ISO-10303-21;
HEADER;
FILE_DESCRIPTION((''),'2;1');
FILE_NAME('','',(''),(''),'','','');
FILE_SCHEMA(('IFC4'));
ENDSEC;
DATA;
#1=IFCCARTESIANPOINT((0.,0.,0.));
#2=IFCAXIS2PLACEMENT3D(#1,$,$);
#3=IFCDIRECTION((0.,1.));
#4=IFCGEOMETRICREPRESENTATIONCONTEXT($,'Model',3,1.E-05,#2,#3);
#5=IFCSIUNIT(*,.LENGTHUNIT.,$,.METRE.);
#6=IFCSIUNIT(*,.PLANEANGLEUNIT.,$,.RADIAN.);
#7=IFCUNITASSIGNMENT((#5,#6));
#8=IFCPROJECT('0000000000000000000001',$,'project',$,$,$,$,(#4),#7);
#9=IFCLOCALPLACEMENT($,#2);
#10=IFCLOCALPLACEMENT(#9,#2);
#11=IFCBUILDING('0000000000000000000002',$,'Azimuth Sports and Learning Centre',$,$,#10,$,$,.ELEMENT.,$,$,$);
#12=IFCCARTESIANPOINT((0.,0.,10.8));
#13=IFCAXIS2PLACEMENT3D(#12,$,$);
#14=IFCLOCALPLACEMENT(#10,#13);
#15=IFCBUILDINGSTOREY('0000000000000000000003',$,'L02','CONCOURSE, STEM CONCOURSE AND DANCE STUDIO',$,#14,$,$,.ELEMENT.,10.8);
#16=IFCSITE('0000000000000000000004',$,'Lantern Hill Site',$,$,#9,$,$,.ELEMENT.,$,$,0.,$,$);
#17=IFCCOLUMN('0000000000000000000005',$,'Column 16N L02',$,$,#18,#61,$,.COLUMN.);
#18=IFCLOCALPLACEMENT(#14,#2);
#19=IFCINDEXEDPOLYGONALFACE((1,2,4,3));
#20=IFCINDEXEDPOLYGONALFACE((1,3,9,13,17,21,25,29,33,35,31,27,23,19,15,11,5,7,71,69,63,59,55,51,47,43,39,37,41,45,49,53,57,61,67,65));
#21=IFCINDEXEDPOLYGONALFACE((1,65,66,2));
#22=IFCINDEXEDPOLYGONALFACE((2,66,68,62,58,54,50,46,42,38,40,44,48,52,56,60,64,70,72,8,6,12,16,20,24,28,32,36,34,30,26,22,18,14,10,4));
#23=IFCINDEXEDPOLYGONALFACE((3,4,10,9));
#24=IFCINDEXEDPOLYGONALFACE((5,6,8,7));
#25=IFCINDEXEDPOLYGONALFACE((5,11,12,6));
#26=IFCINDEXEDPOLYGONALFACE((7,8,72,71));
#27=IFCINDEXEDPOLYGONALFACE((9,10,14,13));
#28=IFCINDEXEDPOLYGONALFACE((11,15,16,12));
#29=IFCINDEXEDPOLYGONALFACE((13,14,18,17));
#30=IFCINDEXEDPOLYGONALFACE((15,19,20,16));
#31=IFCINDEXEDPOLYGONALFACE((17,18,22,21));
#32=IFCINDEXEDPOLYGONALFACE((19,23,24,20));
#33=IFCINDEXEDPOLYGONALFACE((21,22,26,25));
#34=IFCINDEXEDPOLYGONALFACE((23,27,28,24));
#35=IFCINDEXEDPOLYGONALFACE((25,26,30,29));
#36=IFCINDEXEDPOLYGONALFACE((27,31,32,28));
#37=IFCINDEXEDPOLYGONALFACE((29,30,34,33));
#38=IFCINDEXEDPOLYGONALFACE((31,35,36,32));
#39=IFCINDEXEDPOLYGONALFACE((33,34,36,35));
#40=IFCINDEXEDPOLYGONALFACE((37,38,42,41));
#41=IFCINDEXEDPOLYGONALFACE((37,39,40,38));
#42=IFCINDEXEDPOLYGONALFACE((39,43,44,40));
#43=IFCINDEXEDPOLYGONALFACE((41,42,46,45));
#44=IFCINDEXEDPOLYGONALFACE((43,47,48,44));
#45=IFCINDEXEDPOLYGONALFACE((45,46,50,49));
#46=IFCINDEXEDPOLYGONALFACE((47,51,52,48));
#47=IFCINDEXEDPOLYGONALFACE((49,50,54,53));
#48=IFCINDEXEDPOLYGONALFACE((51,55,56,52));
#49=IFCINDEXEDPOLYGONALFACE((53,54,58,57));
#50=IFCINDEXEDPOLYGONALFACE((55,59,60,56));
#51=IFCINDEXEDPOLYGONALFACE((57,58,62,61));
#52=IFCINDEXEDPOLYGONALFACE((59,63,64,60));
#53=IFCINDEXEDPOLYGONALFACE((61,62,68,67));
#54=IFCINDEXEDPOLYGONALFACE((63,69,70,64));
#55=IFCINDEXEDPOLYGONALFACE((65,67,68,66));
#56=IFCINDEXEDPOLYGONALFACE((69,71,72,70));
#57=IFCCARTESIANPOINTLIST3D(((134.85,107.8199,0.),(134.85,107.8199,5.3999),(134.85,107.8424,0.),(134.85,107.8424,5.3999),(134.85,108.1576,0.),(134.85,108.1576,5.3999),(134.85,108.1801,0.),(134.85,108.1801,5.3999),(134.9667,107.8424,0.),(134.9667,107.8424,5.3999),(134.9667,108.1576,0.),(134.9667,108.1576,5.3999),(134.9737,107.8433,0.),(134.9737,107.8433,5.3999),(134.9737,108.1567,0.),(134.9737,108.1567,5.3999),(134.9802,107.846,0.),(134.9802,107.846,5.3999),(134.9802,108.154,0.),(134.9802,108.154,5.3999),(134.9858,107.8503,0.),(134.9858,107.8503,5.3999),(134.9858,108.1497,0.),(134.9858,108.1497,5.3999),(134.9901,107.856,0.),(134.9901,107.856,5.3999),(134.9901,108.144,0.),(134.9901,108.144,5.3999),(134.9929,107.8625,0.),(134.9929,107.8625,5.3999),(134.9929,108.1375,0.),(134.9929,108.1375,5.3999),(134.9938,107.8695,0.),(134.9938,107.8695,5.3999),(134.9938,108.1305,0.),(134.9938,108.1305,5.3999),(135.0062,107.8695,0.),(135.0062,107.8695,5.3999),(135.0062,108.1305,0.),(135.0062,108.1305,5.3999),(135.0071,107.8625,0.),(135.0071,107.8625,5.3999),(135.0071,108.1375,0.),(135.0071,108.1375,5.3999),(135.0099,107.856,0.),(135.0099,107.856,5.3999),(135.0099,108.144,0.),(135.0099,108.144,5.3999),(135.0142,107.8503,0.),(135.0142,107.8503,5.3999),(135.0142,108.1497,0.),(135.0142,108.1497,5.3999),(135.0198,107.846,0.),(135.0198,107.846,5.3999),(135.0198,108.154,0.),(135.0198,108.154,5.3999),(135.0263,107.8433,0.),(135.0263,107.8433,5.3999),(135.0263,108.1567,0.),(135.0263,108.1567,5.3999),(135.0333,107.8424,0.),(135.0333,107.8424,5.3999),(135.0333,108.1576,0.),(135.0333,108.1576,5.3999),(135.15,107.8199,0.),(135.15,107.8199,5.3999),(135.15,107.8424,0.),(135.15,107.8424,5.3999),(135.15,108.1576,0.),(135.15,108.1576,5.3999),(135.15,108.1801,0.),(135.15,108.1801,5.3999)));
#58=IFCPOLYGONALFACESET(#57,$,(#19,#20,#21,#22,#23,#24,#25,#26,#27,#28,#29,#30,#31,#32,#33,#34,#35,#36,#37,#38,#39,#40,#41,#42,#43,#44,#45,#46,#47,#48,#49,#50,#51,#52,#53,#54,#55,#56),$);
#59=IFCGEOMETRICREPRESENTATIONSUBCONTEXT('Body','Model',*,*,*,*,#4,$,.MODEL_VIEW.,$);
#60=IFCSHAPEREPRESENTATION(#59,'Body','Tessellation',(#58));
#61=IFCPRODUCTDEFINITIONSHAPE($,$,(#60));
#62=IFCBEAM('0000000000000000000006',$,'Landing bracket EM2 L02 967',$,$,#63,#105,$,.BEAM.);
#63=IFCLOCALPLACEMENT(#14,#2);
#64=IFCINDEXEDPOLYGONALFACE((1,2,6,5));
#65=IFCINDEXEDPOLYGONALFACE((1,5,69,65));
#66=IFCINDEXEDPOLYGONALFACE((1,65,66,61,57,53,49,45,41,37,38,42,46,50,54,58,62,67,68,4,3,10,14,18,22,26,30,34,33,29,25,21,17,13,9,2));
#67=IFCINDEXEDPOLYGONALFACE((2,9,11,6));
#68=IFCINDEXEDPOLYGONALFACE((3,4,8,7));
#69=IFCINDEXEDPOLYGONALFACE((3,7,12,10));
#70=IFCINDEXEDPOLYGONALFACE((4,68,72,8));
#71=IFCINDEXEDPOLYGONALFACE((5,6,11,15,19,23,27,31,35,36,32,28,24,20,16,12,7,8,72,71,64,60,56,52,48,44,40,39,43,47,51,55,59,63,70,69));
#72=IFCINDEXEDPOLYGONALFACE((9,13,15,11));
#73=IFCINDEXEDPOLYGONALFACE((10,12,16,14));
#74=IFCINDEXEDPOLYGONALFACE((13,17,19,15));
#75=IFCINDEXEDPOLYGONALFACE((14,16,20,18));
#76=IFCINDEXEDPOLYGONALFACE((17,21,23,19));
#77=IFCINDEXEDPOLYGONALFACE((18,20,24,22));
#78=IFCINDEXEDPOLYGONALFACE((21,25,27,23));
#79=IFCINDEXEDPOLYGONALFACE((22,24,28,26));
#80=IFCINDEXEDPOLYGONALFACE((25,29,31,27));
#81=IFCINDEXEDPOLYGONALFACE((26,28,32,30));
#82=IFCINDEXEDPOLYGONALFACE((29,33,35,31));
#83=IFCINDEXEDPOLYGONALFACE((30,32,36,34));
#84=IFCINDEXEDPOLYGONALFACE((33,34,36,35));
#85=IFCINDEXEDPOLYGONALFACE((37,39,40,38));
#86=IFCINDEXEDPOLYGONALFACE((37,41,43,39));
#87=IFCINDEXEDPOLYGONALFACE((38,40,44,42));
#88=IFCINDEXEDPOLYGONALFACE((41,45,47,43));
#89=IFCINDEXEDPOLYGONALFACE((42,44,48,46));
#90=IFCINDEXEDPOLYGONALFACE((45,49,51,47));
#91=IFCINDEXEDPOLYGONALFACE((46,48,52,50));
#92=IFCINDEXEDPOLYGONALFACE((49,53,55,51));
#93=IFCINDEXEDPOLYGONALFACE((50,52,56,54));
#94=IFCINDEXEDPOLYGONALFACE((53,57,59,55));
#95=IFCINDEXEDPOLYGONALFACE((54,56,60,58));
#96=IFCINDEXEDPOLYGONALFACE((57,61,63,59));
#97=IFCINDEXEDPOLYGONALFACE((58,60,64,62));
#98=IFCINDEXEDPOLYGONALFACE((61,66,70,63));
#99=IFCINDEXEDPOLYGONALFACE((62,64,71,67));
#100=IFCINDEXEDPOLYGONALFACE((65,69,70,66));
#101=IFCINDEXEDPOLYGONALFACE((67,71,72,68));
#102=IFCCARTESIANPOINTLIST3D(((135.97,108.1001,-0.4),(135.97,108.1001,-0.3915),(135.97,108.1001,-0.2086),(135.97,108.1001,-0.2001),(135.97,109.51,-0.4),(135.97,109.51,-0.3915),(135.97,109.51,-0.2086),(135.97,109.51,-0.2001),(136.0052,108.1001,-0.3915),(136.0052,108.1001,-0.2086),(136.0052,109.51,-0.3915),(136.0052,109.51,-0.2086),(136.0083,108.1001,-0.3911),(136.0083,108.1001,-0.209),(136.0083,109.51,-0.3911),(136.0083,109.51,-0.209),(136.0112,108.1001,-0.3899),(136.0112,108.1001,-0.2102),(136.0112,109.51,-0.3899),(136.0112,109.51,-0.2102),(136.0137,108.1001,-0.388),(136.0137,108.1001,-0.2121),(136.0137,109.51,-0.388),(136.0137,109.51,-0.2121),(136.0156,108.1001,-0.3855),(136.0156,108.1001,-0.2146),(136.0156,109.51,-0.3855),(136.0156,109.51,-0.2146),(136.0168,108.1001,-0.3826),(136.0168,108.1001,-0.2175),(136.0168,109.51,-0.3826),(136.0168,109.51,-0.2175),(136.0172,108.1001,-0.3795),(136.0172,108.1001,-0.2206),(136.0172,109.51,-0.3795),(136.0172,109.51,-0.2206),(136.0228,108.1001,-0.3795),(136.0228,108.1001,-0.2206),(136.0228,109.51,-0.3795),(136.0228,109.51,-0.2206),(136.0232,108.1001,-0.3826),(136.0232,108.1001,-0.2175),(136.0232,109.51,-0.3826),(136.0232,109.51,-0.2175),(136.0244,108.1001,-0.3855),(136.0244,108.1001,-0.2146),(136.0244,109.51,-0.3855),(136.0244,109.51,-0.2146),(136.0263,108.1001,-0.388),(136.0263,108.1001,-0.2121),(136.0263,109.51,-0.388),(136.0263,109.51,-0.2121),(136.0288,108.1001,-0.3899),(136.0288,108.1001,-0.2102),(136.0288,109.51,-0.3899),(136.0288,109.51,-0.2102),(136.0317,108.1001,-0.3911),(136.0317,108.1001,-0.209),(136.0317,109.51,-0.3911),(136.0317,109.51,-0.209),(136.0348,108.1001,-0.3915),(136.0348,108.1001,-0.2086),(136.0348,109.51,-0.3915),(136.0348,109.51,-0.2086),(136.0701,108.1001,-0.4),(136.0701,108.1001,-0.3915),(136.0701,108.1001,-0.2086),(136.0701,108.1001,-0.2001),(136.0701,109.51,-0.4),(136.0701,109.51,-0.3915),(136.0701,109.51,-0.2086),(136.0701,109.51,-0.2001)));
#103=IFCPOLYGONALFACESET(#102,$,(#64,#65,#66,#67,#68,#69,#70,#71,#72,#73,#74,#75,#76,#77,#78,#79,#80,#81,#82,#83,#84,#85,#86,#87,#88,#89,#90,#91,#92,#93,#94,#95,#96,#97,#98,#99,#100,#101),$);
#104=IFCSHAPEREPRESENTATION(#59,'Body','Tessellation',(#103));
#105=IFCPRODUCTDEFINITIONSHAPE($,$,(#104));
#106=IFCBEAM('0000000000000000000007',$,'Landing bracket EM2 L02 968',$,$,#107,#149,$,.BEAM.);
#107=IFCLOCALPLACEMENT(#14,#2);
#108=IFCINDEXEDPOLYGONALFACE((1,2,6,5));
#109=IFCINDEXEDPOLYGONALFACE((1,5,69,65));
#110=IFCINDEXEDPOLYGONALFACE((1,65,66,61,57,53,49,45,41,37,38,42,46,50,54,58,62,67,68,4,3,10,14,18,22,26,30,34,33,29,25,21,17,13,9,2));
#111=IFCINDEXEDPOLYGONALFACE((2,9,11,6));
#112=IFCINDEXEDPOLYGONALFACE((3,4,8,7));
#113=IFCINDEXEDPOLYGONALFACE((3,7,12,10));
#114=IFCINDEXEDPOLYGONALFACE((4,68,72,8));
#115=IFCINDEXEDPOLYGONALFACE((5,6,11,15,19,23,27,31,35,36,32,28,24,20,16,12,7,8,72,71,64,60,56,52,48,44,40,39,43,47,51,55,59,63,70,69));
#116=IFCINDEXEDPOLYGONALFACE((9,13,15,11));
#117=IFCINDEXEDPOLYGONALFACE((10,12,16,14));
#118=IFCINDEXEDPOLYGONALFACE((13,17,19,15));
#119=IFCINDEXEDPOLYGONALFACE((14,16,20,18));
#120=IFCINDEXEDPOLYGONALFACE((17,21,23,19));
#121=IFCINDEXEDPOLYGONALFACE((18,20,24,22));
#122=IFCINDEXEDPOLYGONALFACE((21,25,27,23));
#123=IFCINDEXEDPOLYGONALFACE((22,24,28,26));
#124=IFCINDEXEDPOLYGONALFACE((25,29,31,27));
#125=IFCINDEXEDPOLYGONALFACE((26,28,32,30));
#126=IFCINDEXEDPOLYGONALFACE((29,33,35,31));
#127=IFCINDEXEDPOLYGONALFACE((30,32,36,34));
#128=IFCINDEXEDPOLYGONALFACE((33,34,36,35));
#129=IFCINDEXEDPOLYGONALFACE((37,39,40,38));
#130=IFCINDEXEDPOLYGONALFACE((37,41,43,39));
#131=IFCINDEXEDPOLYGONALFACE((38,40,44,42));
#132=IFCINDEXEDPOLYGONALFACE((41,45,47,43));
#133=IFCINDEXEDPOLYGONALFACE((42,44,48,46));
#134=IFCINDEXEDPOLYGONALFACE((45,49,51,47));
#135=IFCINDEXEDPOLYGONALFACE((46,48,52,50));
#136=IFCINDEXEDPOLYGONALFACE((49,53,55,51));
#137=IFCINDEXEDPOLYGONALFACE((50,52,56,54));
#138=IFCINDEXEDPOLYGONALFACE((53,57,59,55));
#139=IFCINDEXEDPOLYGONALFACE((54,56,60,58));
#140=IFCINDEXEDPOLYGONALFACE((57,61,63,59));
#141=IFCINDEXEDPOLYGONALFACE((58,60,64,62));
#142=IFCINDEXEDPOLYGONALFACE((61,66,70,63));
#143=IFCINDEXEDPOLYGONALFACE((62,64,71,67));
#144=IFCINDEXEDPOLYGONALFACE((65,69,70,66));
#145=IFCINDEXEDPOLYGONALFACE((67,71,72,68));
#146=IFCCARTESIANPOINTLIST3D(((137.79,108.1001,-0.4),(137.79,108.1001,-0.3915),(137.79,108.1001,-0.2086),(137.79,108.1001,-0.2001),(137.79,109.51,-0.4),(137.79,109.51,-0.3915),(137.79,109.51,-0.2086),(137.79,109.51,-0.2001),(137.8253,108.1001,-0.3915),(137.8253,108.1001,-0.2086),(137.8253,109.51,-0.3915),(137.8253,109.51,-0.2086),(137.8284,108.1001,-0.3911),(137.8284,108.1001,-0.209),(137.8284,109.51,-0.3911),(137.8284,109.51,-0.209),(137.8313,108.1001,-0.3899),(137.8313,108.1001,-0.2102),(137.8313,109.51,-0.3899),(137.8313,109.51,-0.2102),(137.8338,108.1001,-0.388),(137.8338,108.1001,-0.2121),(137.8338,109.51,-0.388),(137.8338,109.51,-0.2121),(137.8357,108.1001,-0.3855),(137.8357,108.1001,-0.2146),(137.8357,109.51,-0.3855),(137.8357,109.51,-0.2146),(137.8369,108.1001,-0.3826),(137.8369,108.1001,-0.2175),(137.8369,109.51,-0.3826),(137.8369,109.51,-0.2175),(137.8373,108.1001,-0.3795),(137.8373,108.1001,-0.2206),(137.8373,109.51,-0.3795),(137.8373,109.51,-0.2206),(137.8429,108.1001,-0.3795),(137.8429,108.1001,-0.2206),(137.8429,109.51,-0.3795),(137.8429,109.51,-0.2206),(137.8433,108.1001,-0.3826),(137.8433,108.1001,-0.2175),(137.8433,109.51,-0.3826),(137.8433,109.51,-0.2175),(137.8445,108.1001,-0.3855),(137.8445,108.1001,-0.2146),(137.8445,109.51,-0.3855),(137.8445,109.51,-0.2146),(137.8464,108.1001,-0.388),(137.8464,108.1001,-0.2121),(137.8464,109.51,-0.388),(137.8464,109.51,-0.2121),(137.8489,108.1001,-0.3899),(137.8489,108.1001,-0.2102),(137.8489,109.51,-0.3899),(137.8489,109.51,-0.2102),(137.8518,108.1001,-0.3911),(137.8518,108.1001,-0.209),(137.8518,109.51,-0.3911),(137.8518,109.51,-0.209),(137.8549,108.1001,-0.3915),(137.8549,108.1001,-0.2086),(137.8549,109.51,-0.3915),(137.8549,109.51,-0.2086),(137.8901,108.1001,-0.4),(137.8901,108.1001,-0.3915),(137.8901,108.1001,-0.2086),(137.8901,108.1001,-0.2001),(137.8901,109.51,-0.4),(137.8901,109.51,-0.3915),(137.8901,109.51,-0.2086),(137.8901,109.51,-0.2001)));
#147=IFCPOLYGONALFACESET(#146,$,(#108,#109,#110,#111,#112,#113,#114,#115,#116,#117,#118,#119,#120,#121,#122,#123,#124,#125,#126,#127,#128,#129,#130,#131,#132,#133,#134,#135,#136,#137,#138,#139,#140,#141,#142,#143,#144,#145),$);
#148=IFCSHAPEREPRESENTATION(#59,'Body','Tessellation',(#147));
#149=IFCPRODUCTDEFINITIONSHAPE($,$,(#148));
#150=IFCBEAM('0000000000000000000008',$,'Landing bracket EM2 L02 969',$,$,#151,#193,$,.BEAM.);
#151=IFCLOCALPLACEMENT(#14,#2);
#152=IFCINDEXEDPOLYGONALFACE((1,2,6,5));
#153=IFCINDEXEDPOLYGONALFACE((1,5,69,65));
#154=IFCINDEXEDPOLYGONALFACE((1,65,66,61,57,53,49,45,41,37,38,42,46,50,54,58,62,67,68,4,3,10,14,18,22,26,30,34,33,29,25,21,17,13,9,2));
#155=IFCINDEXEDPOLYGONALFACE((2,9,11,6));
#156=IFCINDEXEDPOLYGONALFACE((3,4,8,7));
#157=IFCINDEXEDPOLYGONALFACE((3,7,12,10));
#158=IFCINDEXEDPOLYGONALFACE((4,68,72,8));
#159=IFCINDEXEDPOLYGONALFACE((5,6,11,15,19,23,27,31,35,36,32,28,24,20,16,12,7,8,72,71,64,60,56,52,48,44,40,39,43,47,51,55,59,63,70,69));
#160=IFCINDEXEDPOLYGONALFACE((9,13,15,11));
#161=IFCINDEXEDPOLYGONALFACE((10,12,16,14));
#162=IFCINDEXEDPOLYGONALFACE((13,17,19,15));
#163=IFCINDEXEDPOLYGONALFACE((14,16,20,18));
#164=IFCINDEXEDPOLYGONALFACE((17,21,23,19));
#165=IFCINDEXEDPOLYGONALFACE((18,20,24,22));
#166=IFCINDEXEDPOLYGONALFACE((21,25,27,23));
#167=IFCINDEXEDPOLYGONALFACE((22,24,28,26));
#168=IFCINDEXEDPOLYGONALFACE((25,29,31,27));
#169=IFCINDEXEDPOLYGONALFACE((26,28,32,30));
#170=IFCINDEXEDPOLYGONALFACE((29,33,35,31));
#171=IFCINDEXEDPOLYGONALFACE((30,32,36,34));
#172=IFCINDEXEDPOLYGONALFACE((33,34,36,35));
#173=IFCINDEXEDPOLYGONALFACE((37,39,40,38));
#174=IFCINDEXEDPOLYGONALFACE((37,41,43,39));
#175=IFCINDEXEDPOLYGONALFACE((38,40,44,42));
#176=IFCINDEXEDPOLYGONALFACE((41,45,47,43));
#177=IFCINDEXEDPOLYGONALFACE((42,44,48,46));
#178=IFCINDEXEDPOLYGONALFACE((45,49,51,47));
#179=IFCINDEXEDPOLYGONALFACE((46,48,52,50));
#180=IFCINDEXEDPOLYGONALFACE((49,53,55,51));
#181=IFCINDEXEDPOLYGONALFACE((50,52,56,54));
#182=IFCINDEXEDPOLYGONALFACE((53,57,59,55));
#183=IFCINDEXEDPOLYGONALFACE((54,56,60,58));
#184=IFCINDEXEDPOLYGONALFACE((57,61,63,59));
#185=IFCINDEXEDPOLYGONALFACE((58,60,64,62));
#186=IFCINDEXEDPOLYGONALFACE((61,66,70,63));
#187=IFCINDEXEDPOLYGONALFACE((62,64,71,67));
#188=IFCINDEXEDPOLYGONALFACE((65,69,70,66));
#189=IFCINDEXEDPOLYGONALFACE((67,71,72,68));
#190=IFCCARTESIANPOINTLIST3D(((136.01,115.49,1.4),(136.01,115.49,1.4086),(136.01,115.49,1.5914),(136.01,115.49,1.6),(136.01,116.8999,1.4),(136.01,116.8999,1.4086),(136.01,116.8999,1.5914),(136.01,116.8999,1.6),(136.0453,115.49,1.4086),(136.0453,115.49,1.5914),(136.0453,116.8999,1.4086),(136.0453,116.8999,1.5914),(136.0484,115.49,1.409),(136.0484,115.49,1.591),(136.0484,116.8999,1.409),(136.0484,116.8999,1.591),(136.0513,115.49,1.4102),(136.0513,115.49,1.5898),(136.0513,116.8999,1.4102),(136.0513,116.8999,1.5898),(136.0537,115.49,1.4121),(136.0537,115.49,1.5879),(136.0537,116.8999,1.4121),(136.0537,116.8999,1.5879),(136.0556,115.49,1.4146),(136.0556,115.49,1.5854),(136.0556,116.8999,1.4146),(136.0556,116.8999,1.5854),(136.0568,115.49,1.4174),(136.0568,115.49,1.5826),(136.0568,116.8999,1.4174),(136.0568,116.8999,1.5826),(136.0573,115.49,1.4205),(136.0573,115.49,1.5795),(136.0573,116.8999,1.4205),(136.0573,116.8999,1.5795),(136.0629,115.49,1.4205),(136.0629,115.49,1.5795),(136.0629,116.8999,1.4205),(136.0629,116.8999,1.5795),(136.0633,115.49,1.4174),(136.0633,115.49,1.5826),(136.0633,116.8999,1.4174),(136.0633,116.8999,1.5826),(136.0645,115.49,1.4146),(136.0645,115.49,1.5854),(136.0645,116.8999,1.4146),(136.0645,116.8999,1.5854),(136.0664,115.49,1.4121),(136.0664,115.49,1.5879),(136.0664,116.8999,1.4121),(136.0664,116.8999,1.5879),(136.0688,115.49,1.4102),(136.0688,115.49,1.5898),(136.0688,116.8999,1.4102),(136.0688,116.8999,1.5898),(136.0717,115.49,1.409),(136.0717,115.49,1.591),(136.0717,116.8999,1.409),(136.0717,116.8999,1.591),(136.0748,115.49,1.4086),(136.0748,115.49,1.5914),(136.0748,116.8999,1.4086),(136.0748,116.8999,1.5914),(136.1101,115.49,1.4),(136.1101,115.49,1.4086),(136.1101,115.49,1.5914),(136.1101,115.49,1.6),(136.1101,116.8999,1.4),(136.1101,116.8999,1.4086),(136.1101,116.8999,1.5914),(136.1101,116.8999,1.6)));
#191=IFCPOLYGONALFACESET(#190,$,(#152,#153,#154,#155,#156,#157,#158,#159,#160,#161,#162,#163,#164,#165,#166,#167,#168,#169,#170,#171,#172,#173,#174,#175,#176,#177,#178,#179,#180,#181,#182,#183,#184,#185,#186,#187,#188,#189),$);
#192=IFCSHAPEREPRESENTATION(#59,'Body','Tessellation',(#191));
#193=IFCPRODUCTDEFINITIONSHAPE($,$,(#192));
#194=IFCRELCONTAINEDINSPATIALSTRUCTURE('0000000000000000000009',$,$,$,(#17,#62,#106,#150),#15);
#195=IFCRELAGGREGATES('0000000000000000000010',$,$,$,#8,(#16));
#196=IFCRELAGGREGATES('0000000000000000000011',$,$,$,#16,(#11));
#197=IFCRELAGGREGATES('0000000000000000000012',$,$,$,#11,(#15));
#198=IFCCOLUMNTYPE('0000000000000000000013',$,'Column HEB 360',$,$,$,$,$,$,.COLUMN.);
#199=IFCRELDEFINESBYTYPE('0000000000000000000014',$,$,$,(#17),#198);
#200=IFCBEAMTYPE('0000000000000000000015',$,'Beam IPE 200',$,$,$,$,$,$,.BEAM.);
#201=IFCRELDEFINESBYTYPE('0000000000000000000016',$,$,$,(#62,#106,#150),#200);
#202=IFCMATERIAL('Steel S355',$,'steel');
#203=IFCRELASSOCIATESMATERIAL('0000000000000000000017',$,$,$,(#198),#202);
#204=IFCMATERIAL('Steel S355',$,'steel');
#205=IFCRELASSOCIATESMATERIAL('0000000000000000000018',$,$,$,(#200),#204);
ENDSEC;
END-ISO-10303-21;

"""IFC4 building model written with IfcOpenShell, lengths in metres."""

from ifc_helpers import new_model, si_unit, direction, frame, origin, origin_2d, place, context, subcontext, project, spatial, i_section, extrude, material, material_profile, profile_set, type_object, element, save


model = new_model("IFC4")

# Units and contexts
model_context = context("Model", 3, precision=1e-05, world=origin(), true_north=direction((0.0, 1.0)))
body_context = subcontext(model_context, "Body", "Model", "MODEL_VIEW")
ifc_project = project(units=[si_unit("LENGTHUNIT", "METRE"), si_unit("PLANEANGLEUNIT", "RADIAN")], contexts=[model_context])

# Site, building, storey
site_placement = place(None, origin())
site = spatial("IfcSite", under=ifc_project, at=site_placement, Name="Lantern Hill Site", CompositionType="ELEMENT", RefElevation=0.0)
building_placement = place(site_placement, origin())
building = spatial("IfcBuilding", under=site, at=building_placement, Name="Azimuth Sports and Learning Centre", CompositionType="ELEMENT")
storey_placement = place(building_placement, frame((0.0, 0.0, 10.8)))
storey = spatial("IfcBuildingStorey", under=building, at=storey_placement, Name="L02", Description="CONCOURSE, STEM CONCOURSE AND DANCE STUDIO", CompositionType="ELEMENT", Elevation=10.8)

# Column
ifc_material_1 = material(Name="Steel S355", Category="steel")
ifc_material_profile_1 = material_profile(ifc_material_1, i_section(OverallWidth=0.3, OverallDepth=0.3601, WebThickness=0.0125, FlangeThickness=0.0225, FilletRadius=0.0271, at=origin_2d()), Name="HEB 360")
ifc_profile_set_1 = profile_set([ifc_material_profile_1], Name="Steel S355")
column_type = type_object("IfcColumnType", Name="Column HEB 360", PredefinedType="COLUMN", material=ifc_profile_set_1)
column_placement = place(storey_placement, frame((135.0, 108.0, 0.0), z_axis=(0.0, 0.0, 1.0), x_axis=(1.0, 0.0, 0.0)))
element("IfcColumn", 1, at=column_placement, inside=storey, type_object=column_type, Name="Column 16N L02", PredefinedType="COLUMN", context=body_context, shape_type="SweptSolid", body=[
    extrude(i_section(OverallWidth=0.3, OverallDepth=0.3601, WebThickness=0.0125, FlangeThickness=0.0225, FilletRadius=0.0271, at=origin_2d()), origin(), (0.0, 0.0, 1.0), 5.3999),
])

# Beams
ifc_material_2 = material(Name="Steel S355", Category="steel")
ifc_material_profile_2 = material_profile(ifc_material_2, i_section(OverallWidth=0.1001, OverallDepth=0.2, WebThickness=0.0056, FlangeThickness=0.0085, FilletRadius=0.012, at=origin_2d()), Name="IPE 200")
ifc_profile_set_2 = profile_set([ifc_material_profile_2], Name="Steel S355")
beam_type_1 = type_object("IfcBeamType", Name="Beam IPE 200", PredefinedType="BEAM", material=ifc_profile_set_2)
for number, where, z_axis, x_axis, name in (
    (2, (136.02, 108.1001, -0.3), (0.0, 1.0, 0.0), (-1.0, 0.0, 0.0), "Landing bracket EM2 L02 967"),
    (3, (137.8401, 108.1001, -0.3), (0.0, 1.0, 0.0), (-1.0, 0.0, 0.0), "Landing bracket EM2 L02 968"),
    (4, (136.0601, 116.8999, 1.5), (0.0, -1.0, 0.0), (1.0, 0.0, 0.0), "Landing bracket EM2 L02 969"),
):
    element("IfcBeam", number, at=place(storey_placement, frame(where, z_axis=z_axis, x_axis=x_axis)), inside=storey, type_object=beam_type_1, Name=name, PredefinedType="BEAM", context=body_context, shape_type="SweptSolid", body=[
        extrude(i_section(OverallWidth=0.1001, OverallDepth=0.2, WebThickness=0.0056, FlangeThickness=0.0085, FilletRadius=0.012, at=origin_2d()), origin(), (0.0, 0.0, 1.0), 1.4099),
    ])

save(model, "model.ifc")
